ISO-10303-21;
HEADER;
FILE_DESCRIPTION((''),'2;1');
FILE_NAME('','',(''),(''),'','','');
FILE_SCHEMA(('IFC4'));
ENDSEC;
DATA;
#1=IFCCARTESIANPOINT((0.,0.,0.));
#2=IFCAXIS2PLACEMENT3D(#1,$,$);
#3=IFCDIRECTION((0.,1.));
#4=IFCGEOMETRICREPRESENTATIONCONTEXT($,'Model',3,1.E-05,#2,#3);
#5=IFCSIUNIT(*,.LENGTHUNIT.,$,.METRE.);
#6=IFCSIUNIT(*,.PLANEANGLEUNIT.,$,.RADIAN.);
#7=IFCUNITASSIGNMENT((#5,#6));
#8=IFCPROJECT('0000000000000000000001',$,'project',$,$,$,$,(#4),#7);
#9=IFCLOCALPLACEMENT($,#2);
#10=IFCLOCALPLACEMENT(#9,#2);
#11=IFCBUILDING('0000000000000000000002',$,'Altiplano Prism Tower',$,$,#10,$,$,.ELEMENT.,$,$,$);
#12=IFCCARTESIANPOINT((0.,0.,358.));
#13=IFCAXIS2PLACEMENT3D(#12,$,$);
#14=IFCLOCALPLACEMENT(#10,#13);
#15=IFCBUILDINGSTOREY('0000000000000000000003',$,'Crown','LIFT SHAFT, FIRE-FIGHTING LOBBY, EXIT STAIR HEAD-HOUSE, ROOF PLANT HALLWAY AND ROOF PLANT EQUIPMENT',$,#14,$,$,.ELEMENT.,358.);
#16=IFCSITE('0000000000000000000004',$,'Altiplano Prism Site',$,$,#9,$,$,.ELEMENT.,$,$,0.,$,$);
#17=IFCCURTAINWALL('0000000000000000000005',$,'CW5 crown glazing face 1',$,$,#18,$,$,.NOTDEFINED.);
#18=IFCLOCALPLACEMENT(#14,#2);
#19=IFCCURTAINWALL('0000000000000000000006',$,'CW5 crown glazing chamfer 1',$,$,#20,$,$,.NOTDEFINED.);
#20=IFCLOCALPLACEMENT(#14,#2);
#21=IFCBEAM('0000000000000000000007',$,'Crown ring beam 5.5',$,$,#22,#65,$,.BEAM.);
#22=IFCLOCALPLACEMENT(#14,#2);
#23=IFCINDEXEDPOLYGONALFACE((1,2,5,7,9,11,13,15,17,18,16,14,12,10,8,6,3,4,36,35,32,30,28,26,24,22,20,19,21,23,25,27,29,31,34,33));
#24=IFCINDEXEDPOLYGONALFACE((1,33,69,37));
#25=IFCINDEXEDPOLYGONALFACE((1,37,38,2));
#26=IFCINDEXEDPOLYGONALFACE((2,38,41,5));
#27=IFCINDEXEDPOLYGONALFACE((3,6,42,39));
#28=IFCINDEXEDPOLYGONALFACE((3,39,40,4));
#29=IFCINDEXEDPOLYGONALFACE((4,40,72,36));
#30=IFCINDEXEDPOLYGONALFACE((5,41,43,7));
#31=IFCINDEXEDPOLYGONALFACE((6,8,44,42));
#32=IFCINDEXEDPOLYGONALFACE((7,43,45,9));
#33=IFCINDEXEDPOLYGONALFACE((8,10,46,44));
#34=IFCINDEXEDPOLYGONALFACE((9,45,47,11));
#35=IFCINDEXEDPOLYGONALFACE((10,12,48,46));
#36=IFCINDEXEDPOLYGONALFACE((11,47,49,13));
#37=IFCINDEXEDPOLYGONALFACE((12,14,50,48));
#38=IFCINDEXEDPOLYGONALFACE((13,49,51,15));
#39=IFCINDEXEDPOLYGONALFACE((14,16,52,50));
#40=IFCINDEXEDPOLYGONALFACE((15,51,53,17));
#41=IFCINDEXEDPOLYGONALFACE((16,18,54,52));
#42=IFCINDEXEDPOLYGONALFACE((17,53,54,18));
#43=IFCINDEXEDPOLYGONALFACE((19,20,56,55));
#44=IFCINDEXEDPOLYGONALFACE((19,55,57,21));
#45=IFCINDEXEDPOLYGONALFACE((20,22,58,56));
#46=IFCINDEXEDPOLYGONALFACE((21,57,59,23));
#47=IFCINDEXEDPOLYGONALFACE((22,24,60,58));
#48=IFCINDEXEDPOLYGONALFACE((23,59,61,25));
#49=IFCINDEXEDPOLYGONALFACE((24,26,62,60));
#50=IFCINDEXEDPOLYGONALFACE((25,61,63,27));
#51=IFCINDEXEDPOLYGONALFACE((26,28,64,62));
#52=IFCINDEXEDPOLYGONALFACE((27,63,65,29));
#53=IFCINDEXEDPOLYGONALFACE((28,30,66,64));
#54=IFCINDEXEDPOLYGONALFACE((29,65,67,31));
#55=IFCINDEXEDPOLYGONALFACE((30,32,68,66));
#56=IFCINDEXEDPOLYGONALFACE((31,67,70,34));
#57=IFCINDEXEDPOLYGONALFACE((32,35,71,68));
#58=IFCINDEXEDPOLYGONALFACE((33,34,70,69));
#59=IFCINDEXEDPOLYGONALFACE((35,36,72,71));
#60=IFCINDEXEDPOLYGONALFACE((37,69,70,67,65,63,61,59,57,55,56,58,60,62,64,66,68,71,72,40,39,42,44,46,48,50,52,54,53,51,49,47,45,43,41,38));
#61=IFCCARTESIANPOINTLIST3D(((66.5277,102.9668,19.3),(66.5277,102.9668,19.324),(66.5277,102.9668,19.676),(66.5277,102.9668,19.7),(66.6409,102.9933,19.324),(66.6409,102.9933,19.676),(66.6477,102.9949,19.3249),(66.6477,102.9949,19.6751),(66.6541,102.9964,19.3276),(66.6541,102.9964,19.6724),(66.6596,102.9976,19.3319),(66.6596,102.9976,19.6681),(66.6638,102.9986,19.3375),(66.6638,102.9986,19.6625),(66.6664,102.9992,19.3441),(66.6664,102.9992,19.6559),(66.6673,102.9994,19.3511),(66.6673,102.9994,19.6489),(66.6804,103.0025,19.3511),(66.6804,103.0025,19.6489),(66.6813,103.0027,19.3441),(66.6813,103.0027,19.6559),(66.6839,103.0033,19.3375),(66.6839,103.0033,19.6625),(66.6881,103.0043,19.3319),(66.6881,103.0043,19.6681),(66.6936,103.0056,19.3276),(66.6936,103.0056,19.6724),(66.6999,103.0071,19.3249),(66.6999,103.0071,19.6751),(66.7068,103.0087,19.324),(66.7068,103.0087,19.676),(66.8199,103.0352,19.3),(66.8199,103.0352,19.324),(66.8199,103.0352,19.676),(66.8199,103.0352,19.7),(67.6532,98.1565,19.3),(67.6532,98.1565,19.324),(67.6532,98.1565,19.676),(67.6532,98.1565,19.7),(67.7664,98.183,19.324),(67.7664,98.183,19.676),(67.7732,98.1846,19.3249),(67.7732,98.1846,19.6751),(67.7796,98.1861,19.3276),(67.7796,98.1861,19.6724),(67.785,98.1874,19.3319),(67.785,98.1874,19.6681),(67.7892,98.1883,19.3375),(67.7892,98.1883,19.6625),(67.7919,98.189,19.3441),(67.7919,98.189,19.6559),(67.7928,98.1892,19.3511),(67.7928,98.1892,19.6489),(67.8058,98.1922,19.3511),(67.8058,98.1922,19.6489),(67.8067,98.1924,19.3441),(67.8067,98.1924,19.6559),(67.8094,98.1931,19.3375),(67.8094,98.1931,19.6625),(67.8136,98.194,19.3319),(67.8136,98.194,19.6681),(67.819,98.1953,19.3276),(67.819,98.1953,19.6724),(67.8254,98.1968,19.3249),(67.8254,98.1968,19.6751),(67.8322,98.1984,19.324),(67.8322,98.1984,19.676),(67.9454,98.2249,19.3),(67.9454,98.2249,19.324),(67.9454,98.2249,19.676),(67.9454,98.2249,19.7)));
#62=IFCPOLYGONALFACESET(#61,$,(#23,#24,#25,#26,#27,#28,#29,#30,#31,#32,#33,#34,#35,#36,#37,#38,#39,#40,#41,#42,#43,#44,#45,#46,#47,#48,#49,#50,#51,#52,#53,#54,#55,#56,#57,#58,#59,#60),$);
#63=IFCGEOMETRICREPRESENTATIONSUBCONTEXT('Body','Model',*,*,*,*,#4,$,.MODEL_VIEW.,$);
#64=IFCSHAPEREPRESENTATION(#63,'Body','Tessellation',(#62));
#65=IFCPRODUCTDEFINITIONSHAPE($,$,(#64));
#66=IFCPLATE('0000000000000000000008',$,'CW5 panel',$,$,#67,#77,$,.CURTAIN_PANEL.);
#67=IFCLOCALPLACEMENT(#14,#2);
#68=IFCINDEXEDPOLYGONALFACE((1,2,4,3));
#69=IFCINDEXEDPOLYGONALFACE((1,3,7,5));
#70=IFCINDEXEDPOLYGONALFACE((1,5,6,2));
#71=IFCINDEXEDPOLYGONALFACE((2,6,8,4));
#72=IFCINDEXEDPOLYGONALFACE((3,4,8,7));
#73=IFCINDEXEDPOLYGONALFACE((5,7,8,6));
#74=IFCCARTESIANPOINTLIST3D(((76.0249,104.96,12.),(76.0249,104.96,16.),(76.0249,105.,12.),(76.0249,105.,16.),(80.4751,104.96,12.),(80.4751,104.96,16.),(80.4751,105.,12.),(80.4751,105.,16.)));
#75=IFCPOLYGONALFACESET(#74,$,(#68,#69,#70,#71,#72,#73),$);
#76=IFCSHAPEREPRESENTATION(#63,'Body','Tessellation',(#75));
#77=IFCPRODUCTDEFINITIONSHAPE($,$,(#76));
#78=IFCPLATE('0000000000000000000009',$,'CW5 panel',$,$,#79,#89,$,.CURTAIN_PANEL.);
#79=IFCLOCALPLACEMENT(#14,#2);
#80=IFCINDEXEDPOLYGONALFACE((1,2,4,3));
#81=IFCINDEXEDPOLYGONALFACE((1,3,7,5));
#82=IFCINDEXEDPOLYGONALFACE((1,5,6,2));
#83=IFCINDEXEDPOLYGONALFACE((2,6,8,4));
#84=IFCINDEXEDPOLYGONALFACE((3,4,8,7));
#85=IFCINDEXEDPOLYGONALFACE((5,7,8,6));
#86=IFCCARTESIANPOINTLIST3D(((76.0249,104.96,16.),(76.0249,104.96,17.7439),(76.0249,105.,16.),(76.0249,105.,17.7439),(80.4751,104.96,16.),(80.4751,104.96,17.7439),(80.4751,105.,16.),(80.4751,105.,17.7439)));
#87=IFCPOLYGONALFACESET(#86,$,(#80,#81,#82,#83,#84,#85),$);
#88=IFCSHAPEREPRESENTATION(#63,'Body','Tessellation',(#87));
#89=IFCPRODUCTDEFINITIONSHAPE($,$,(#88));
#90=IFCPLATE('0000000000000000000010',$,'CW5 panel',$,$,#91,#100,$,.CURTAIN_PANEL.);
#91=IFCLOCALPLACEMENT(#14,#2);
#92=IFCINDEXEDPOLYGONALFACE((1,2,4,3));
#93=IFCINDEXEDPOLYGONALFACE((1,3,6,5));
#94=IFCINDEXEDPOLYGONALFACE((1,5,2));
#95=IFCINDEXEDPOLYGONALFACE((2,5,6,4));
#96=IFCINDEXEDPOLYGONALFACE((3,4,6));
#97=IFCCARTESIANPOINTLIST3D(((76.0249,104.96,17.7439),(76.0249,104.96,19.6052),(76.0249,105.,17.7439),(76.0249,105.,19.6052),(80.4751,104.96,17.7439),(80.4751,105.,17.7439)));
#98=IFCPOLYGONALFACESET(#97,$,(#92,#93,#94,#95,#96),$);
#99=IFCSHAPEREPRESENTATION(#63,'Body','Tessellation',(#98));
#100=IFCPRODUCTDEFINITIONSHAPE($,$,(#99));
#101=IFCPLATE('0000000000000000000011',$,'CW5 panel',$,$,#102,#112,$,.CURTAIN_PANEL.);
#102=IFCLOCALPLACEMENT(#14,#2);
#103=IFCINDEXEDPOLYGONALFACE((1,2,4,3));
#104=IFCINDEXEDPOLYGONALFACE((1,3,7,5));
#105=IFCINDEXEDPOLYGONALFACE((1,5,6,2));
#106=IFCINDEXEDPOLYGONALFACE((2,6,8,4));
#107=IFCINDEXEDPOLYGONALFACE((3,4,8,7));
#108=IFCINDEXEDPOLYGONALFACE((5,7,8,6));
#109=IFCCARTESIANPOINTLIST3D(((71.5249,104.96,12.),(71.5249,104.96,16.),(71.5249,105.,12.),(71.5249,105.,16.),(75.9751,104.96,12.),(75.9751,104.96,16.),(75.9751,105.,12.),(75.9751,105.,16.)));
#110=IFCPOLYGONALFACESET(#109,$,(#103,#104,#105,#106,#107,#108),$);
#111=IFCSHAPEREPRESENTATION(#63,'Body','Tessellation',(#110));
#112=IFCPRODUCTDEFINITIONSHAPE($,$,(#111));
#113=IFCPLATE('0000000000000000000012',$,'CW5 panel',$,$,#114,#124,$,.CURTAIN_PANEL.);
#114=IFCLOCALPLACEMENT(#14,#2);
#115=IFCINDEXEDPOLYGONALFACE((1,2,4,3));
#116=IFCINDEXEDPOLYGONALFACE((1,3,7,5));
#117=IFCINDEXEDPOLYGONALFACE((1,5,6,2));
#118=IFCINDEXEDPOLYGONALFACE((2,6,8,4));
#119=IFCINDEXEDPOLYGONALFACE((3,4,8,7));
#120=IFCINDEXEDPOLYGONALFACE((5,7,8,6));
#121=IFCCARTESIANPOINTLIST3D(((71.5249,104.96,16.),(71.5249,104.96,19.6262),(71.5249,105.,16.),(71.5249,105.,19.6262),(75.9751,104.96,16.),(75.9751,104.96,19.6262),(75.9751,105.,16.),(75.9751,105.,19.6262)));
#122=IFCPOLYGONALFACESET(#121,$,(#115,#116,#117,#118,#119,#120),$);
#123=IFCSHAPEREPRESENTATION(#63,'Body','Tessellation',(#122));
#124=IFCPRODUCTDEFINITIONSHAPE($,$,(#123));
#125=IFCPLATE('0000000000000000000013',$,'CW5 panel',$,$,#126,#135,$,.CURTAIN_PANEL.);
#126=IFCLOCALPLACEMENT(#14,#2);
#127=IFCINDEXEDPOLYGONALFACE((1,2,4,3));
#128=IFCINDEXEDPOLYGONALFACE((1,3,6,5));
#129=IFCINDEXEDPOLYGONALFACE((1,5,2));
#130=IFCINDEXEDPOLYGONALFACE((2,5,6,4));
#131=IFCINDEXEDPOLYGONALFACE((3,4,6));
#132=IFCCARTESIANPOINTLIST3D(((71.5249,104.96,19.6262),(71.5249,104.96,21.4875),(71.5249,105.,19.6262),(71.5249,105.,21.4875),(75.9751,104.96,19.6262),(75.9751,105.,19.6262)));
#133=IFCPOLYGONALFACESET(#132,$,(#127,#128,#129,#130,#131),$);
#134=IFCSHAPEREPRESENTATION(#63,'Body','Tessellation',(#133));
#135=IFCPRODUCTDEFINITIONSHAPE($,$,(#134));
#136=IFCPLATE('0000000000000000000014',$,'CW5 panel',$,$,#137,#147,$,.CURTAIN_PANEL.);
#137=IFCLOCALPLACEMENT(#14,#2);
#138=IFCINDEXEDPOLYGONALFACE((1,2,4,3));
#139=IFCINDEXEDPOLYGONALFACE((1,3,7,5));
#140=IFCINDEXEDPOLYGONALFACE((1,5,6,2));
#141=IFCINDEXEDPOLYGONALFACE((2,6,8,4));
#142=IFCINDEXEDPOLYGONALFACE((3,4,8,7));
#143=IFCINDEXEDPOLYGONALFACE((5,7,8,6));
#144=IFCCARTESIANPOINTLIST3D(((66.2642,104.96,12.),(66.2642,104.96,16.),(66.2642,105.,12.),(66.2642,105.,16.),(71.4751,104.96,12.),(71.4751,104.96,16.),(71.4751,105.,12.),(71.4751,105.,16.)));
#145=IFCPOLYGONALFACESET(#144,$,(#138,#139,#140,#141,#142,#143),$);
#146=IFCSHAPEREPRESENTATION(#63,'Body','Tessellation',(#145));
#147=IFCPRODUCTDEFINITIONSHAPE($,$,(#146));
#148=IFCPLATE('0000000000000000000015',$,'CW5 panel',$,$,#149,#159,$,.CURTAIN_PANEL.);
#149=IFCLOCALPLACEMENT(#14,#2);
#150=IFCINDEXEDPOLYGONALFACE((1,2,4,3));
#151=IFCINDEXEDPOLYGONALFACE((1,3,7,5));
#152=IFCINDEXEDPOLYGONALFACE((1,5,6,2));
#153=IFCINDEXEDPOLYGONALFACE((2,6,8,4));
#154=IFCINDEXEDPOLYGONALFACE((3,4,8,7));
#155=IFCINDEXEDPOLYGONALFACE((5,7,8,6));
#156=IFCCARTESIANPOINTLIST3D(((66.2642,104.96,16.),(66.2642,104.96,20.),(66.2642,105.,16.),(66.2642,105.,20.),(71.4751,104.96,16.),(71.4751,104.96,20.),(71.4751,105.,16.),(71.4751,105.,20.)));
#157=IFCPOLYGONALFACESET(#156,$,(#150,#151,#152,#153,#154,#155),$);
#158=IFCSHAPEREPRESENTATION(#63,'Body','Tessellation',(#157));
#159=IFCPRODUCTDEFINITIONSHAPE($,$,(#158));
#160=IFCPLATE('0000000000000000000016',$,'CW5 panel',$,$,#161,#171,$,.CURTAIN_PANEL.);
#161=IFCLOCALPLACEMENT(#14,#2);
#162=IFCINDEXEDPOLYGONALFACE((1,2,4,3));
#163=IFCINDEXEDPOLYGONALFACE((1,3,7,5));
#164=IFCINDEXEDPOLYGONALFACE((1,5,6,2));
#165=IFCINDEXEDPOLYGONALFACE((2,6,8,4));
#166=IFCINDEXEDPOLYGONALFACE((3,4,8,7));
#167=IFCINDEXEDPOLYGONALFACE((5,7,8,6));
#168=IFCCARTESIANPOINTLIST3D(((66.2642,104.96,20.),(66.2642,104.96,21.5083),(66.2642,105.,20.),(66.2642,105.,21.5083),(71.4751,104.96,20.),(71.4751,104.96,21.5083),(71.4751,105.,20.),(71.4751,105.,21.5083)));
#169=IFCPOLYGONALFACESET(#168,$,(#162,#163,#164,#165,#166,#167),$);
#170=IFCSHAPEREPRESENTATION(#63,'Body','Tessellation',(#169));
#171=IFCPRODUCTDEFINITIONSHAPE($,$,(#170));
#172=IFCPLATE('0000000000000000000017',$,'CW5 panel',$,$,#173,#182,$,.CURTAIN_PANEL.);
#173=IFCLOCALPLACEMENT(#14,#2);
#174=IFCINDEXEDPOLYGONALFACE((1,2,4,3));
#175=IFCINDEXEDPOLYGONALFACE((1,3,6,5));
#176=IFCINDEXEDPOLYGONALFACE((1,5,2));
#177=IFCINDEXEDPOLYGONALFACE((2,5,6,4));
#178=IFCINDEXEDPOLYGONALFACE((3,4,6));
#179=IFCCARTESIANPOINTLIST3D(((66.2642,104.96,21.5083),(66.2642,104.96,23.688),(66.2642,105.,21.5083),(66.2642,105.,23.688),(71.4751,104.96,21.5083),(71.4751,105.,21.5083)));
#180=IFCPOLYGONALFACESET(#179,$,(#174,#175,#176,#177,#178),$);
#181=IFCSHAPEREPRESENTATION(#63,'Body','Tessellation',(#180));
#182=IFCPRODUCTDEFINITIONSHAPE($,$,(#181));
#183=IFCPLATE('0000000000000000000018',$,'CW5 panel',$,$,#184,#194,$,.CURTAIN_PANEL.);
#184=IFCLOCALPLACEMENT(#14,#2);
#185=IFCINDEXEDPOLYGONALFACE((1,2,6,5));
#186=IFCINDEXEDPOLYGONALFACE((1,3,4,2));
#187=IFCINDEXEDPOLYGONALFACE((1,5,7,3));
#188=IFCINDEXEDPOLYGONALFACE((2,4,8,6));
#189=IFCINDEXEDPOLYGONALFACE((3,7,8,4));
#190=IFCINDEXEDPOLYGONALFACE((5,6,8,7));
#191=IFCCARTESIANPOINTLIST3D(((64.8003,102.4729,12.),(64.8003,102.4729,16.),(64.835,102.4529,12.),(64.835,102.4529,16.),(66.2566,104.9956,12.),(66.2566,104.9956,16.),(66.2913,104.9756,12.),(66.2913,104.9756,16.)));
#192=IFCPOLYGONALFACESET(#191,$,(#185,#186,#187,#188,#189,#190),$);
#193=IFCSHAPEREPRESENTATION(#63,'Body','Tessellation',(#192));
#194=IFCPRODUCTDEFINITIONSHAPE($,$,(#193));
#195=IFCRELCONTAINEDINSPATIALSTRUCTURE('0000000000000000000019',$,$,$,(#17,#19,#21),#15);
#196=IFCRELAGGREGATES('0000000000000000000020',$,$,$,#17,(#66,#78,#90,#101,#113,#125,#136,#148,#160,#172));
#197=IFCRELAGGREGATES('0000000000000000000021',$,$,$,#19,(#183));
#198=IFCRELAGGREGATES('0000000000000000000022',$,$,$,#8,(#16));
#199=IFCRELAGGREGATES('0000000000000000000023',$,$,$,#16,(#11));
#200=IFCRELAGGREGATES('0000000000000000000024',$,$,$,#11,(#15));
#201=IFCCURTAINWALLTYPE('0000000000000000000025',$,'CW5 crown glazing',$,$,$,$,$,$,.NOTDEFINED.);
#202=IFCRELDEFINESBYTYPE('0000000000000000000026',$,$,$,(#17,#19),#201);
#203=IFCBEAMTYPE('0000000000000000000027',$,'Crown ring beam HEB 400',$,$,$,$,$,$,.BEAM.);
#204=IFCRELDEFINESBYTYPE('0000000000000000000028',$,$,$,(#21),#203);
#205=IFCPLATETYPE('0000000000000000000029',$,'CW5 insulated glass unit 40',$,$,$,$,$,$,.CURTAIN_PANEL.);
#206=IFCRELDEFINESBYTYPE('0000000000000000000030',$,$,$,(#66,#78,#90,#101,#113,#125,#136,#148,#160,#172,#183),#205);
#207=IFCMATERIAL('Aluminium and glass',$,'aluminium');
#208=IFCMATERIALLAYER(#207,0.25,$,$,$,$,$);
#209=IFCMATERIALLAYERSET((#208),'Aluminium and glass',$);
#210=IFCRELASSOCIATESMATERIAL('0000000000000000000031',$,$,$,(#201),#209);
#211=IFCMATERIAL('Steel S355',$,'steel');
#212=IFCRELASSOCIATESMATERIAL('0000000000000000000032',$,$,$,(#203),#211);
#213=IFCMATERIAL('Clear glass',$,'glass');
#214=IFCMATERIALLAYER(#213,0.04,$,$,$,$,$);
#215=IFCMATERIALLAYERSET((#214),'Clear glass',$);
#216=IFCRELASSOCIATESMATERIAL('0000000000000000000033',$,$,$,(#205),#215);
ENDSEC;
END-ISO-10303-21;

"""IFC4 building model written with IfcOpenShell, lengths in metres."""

from ifc_helpers import new_model, si_unit, direction, frame, origin, origin_2d, place, context, subcontext, project, spatial, polyline, i_section, outline, extrude, material, layer, layer_set, material_profile, profile_set, type_object, element, aggregate, save


model = new_model("IFC4")

# Units and contexts
model_context = context("Model", 3, precision=1e-05, world=origin(), true_north=direction((0.0, 1.0)))
body_context = subcontext(model_context, "Body", "Model", "MODEL_VIEW")
ifc_project = project(units=[si_unit("LENGTHUNIT", "METRE"), si_unit("PLANEANGLEUNIT", "RADIAN")], contexts=[model_context])

# Site, building, storey
site_placement = place(None, origin())
site = spatial("IfcSite", under=ifc_project, at=site_placement, Name="Altiplano Prism Site", CompositionType="ELEMENT", RefElevation=0.0)
building_placement = place(site_placement, origin())
building = spatial("IfcBuilding", under=site, at=building_placement, Name="Altiplano Prism Tower", CompositionType="ELEMENT")
storey_placement = place(building_placement, frame((0.0, 0.0, 358.0)))
storey = spatial("IfcBuildingStorey", under=building, at=storey_placement, Name="Crown", Description="LIFT SHAFT, FIRE-FIGHTING LOBBY, EXIT STAIR HEAD-HOUSE, ROOF PLANT HALLWAY AND ROOF PLANT EQUIPMENT", CompositionType="ELEMENT", Elevation=358.0)

# Curtain wall
ifc_material_1 = material(Name="Aluminium and glass", Category="aluminium")
ifc_layer_1 = layer(ifc_material_1, 0.25)
ifc_layer_set_1 = layer_set([ifc_layer_1], Name="Aluminium and glass")
curtain_wall_type = type_object("IfcCurtainWallType", Name="CW5 crown glazing", PredefinedType="NOTDEFINED", material=ifc_layer_set_1)
curtain_wall_1_placement = place(storey_placement, origin())
curtain_wall_1 = element("IfcCurtainWall", 1, at=curtain_wall_1_placement, inside=storey, type_object=curtain_wall_type, Name="CW5 crown glazing face 1", PredefinedType="NOTDEFINED")

# Curtain wall
curtain_wall_2_placement = place(storey_placement, origin())
curtain_wall_2 = element("IfcCurtainWall", 2, at=curtain_wall_2_placement, inside=storey, type_object=curtain_wall_type, Name="CW5 crown glazing chamfer 1", PredefinedType="NOTDEFINED")

# Beam
ifc_material_2 = material(Name="Steel S355", Category="steel")
ifc_material_profile_1 = material_profile(ifc_material_2, i_section(OverallWidth=0.3, OverallDepth=0.3999, WebThickness=0.0134, FlangeThickness=0.0239, FilletRadius=0.0271, at=origin_2d()), Name="Crown ring beam HEB 400")
ifc_profile_set_1 = profile_set([ifc_material_profile_1], Name="Steel S355")
beam_type_1 = type_object("IfcBeamType", Name="Crown ring beam HEB 400", PredefinedType="BEAM", material=ifc_profile_set_1)
for number, where, z_axis, x_axis, name in (
    (3, (66.6738, 103.001, 19.5), (0.227822, -0.973703, 0.0), (0.973703, 0.227822, 0.0), "Crown ring beam 5.5"),
):
    element("IfcBeam", number, at=place(storey_placement, frame(where, z_axis=z_axis, x_axis=x_axis)), inside=storey, type_object=beam_type_1, Name=name, PredefinedType="BEAM", context=body_context, shape_type="SweptSolid", body=[
        extrude(i_section(OverallWidth=0.3, OverallDepth=0.3999, WebThickness=0.0134, FlangeThickness=0.0239, FilletRadius=0.0271, at=origin_2d()), origin(), (0.0, 0.0, 1.0), 4.9402),
    ])

# Plates
ifc_material_3 = material(Name="Clear glass", Category="glass")
ifc_layer_2 = layer(ifc_material_3, 0.04)
ifc_layer_set_2 = layer_set([ifc_layer_2], Name="Clear glass")
plate_type_1 = type_object("IfcPlateType", Name="CW5 insulated glass unit 40", PredefinedType="CURTAIN_PANEL", material=ifc_layer_set_2)
plate_1_placement = place(storey_placement, frame((80.4751, 105.0, 12.0), z_axis=(0.0, 1.0, 0.0), x_axis=(-1.0, 0.0, 0.0)))
plate_1 = element("IfcPlate", 4, at=plate_1_placement, type_object=plate_type_1, Name="CW5 panel", PredefinedType="CURTAIN_PANEL", context=body_context, shape_type="SweptSolid", body=[
    extrude(outline(polyline([(0.0, 0.0), (4.4502, 0.0), (4.4502, 4.0), (0.0, 4.0), (0.0, 0.0)])), origin(), (0.0, 0.0, -1.0), 0.04),
])
plate_2_placement = place(storey_placement, frame((80.4751, 105.0, 16.0), z_axis=(0.0, 1.0, 0.0), x_axis=(-1.0, 0.0, 0.0)))
plate_2 = element("IfcPlate", 5, at=plate_2_placement, type_object=plate_type_1, Name="CW5 panel", PredefinedType="CURTAIN_PANEL", context=body_context, shape_type="SweptSolid", body=[
    extrude(outline(polyline([(0.0, 0.0), (4.4502, 0.0), (4.4502, 1.7439), (0.0, 1.7439), (0.0, 0.0)])), origin(), (0.0, 0.0, -1.0), 0.04),
])
plate_3_placement = place(storey_placement, frame((80.4751, 105.0, 17.7439), z_axis=(0.0, 1.0, 0.0), x_axis=(-1.0, 0.0, 0.0)))
plate_3 = element("IfcPlate", 6, at=plate_3_placement, type_object=plate_type_1, Name="CW5 panel", PredefinedType="CURTAIN_PANEL", context=body_context, shape_type="SweptSolid", body=[
    extrude(outline(polyline([(0.0, 0.0), (4.4502, 0.0), (4.4502, 1.8613), (0.0, 0.0)])), origin(), (0.0, 0.0, -1.0), 0.04),
])
plate_4_placement = place(storey_placement, frame((75.9751, 105.0, 12.0), z_axis=(0.0, 1.0, 0.0), x_axis=(-1.0, 0.0, 0.0)))
plate_4 = element("IfcPlate", 7, at=plate_4_placement, type_object=plate_type_1, Name="CW5 panel", PredefinedType="CURTAIN_PANEL", context=body_context, shape_type="SweptSolid", body=[
    extrude(outline(polyline([(0.0, 0.0), (4.4502, 0.0), (4.4502, 4.0), (0.0, 4.0), (0.0, 0.0)])), origin(), (0.0, 0.0, -1.0), 0.04),
])
plate_5_placement = place(storey_placement, frame((75.9751, 105.0, 16.0), z_axis=(0.0, 1.0, 0.0), x_axis=(-1.0, 0.0, 0.0)))
plate_5 = element("IfcPlate", 8, at=plate_5_placement, type_object=plate_type_1, Name="CW5 panel", PredefinedType="CURTAIN_PANEL", context=body_context, shape_type="SweptSolid", body=[
    extrude(outline(polyline([(0.0, 0.0), (4.4502, 0.0), (4.4502, 3.6262), (0.0, 3.6262), (0.0, 0.0)])), origin(), (0.0, 0.0, -1.0), 0.04),
])
plate_6_placement = place(storey_placement, frame((75.9751, 105.0, 19.6262), z_axis=(0.0, 1.0, 0.0), x_axis=(-1.0, 0.0, 0.0)))
plate_6 = element("IfcPlate", 9, at=plate_6_placement, type_object=plate_type_1, Name="CW5 panel", PredefinedType="CURTAIN_PANEL", context=body_context, shape_type="SweptSolid", body=[
    extrude(outline(polyline([(0.0, 0.0), (4.4502, 0.0), (4.4502, 1.8613), (0.0, 0.0)])), origin(), (0.0, 0.0, -1.0), 0.04),
])
plate_7_placement = place(storey_placement, frame((71.4751, 105.0, 12.0), z_axis=(0.0, 1.0, 0.0), x_axis=(-1.0, 0.0, 0.0)))
plate_7 = element("IfcPlate", 10, at=plate_7_placement, type_object=plate_type_1, Name="CW5 panel", PredefinedType="CURTAIN_PANEL", context=body_context, shape_type="SweptSolid", body=[
    extrude(outline(polyline([(0.0, 0.0), (5.2109, 0.0), (5.2109, 4.0), (0.0, 4.0), (0.0, 0.0)])), origin(), (0.0, 0.0, -1.0), 0.04),
])
plate_8_placement = place(storey_placement, frame((71.4751, 105.0, 16.0), z_axis=(0.0, 1.0, 0.0), x_axis=(-1.0, 0.0, 0.0)))
plate_8 = element("IfcPlate", 11, at=plate_8_placement, type_object=plate_type_1, Name="CW5 panel", PredefinedType="CURTAIN_PANEL", context=body_context, shape_type="SweptSolid", body=[
    extrude(outline(polyline([(0.0, 0.0), (5.2109, 0.0), (5.2109, 4.0), (0.0, 4.0), (0.0, 0.0)])), origin(), (0.0, 0.0, -1.0), 0.04),
])
plate_9_placement = place(storey_placement, frame((71.4751, 105.0, 20.0), z_axis=(0.0, 1.0, 0.0), x_axis=(-1.0, 0.0, 0.0)))
plate_9 = element("IfcPlate", 12, at=plate_9_placement, type_object=plate_type_1, Name="CW5 panel", PredefinedType="CURTAIN_PANEL", context=body_context, shape_type="SweptSolid", body=[
    extrude(outline(polyline([(0.0, 0.0), (5.2109, 0.0), (5.2109, 1.5083), (0.0, 1.5083), (0.0, 0.0)])), origin(), (0.0, 0.0, -1.0), 0.04),
])
plate_10_placement = place(storey_placement, frame((71.4751, 105.0, 21.5083), z_axis=(0.0, 1.0, 0.0), x_axis=(-1.0, 0.0, 0.0)))
plate_10 = element("IfcPlate", 13, at=plate_10_placement, type_object=plate_type_1, Name="CW5 panel", PredefinedType="CURTAIN_PANEL", context=body_context, shape_type="SweptSolid", body=[
    extrude(outline(polyline([(0.0, 0.0), (5.2109, 0.0), (5.2109, 2.1797), (0.0, 0.0)])), origin(), (0.0, 0.0, -1.0), 0.04),
])
aggregate(curtain_wall_1, [plate_1, plate_2, plate_3, plate_4, plate_5, plate_6, plate_7, plate_8, plate_9, plate_10])
plate_11_placement = place(storey_placement, frame((66.2566, 104.9956, 12.0), z_axis=(-0.866053, 0.499952, 0.0), x_axis=(-0.499952, -0.866053, 0.0)))
plate_11 = element("IfcPlate", 14, at=plate_11_placement, type_object=plate_type_1, Name="CW5 panel", PredefinedType="CURTAIN_PANEL", context=body_context, shape_type="SweptSolid", body=[
    extrude(outline(polyline([(0.0, 0.0), (2.9128, 0.0), (2.9128, 4.0), (0.0, 4.0), (0.0, 0.0)])), origin(), (0.0, 0.0, -1.0), 0.04),
])
aggregate(curtain_wall_2, [plate_11])

save(model, "model.ifc")
